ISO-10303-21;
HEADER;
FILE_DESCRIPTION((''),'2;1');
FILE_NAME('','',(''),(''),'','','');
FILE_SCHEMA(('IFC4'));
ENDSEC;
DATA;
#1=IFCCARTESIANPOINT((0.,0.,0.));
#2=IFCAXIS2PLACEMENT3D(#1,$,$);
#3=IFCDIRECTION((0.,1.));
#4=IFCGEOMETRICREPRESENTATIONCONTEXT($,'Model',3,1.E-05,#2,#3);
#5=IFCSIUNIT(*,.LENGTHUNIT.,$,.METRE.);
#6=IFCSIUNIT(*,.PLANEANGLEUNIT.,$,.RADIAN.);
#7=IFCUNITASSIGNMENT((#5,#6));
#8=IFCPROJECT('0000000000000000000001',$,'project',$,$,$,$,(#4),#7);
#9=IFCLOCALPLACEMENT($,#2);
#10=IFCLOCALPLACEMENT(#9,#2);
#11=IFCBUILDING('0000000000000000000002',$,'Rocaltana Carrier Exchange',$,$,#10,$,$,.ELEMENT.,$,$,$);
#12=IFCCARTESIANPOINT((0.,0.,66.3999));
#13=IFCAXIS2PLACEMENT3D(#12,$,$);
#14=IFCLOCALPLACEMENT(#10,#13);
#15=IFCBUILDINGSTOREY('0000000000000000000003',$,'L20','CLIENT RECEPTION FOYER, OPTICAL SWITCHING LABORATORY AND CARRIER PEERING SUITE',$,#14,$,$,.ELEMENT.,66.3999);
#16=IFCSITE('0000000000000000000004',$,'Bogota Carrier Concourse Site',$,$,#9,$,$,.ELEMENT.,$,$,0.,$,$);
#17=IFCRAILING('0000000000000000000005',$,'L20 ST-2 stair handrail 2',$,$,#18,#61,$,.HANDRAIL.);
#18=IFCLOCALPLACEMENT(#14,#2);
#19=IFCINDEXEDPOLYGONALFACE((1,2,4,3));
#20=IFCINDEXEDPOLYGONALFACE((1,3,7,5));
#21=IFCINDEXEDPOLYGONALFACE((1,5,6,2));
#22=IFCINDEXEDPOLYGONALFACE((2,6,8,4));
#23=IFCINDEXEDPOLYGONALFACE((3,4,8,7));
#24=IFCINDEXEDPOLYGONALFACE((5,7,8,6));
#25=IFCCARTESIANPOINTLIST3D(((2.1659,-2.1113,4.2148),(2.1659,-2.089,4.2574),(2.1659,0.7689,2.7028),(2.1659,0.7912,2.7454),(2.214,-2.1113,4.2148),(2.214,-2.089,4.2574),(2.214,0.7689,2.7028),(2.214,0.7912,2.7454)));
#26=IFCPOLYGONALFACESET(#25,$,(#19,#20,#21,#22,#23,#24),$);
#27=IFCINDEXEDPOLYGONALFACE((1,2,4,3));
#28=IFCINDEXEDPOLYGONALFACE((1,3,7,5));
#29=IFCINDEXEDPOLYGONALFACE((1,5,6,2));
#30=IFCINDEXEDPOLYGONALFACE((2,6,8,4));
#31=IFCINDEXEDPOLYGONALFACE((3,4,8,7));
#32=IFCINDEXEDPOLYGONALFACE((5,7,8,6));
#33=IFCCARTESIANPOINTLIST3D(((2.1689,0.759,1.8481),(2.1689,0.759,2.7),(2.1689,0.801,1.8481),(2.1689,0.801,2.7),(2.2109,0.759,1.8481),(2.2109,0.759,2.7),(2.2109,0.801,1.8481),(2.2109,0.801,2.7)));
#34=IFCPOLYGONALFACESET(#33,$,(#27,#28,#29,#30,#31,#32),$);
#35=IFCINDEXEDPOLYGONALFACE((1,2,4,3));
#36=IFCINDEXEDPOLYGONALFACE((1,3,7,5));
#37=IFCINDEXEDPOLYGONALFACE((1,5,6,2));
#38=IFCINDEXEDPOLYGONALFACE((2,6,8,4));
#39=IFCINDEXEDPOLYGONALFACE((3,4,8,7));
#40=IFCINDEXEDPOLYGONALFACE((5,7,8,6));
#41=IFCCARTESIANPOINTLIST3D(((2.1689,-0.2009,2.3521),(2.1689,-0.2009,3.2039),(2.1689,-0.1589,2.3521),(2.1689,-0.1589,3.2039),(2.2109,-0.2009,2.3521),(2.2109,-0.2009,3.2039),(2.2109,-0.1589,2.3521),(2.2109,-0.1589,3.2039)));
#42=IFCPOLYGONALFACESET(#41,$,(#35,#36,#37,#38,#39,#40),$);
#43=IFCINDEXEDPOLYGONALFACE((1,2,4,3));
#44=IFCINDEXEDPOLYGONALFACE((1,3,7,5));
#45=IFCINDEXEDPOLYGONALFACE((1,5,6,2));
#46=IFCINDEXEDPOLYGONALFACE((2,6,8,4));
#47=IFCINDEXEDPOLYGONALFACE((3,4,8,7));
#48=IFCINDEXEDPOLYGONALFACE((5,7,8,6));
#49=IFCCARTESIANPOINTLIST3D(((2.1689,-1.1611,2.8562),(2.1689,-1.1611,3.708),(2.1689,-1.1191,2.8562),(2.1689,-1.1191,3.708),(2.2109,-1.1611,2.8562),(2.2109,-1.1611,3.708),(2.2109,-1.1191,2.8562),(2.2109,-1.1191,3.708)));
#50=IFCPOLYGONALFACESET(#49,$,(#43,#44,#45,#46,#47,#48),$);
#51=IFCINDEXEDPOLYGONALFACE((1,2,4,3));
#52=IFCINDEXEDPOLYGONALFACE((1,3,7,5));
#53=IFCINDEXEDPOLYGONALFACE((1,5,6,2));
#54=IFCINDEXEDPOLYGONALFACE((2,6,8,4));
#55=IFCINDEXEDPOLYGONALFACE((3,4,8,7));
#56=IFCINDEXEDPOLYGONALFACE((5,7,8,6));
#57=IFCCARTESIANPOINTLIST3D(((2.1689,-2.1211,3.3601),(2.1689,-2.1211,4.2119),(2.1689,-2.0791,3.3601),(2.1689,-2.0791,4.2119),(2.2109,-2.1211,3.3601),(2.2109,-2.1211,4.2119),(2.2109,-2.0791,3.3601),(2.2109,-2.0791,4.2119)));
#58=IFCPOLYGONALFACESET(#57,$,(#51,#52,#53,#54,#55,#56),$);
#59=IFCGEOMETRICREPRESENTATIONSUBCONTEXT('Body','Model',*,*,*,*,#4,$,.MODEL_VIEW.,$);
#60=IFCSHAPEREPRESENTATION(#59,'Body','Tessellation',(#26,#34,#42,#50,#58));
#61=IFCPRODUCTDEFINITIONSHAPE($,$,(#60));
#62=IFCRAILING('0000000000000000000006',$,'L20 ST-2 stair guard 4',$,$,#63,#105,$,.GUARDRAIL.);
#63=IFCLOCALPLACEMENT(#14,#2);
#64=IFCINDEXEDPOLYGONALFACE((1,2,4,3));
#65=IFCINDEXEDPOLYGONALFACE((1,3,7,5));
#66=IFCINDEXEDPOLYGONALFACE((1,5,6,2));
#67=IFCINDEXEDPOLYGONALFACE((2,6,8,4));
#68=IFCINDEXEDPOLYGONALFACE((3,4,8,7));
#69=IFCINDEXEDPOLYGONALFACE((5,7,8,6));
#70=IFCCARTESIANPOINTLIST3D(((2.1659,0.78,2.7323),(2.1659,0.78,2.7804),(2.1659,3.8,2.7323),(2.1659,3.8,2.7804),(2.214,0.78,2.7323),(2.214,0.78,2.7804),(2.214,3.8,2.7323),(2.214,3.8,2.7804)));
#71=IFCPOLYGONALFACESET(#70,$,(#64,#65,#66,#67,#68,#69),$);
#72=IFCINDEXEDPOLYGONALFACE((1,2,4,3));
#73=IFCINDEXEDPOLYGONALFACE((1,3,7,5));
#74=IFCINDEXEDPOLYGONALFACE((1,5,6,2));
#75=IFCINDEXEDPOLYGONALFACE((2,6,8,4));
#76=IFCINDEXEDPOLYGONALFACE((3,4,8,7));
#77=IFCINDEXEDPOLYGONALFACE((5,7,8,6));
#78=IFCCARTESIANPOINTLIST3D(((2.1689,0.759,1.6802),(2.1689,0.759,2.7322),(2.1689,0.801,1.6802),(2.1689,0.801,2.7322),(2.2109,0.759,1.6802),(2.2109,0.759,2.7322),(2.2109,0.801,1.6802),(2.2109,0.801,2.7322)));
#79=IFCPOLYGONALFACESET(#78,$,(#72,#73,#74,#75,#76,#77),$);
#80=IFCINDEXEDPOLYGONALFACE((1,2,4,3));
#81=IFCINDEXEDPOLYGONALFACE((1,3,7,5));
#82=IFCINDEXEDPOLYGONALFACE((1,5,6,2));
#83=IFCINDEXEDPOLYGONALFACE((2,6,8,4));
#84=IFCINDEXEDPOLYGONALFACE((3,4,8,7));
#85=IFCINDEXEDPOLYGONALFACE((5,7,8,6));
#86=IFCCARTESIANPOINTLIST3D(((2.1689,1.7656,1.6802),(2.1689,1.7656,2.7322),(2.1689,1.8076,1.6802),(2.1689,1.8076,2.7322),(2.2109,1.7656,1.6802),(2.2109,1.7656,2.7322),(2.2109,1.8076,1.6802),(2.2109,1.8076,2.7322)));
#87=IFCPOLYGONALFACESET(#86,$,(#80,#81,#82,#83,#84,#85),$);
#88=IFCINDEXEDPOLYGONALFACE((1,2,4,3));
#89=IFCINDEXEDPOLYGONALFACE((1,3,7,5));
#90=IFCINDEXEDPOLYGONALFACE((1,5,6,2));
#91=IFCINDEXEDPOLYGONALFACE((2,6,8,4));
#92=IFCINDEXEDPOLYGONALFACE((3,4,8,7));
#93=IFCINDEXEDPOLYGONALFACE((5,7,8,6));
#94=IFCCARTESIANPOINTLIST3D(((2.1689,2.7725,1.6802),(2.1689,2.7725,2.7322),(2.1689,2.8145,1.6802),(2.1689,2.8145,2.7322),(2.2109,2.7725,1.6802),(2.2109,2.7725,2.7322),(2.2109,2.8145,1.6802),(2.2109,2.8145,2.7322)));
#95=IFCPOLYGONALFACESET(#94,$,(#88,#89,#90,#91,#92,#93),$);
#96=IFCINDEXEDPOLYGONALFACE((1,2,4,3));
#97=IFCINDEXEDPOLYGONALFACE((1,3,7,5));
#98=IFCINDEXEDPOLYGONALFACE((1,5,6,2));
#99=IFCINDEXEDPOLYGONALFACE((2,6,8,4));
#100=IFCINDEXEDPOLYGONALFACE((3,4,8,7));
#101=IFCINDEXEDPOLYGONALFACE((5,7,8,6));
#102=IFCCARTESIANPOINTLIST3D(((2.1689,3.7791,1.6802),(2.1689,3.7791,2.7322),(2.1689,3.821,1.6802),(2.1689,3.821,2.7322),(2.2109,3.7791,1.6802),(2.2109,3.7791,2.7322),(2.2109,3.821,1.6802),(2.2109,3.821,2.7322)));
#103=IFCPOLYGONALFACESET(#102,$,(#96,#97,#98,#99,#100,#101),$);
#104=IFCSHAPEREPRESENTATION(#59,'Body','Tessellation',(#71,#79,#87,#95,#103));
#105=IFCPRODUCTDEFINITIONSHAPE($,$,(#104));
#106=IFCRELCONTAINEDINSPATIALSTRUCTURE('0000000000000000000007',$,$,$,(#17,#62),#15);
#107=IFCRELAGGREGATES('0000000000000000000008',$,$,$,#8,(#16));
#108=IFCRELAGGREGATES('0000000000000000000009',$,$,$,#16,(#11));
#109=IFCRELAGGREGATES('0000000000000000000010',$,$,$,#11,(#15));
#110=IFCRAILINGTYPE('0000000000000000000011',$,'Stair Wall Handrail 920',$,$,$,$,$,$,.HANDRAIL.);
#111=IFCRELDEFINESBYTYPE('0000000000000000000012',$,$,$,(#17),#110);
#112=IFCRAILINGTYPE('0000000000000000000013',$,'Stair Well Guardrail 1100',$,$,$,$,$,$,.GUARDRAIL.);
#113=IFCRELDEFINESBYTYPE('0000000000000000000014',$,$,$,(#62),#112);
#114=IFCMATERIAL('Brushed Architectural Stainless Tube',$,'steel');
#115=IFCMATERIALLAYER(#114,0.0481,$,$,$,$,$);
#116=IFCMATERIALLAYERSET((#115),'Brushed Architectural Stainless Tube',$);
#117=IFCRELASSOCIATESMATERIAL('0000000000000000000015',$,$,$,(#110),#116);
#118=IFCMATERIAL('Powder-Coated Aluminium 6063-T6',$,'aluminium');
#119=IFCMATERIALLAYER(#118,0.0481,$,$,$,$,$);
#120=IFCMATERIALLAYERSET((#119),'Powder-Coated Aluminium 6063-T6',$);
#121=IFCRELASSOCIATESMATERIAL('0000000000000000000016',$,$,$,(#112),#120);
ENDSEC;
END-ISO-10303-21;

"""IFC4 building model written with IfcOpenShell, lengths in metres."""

from ifc_helpers import new_model, si_unit, direction, frame, origin, origin_2d, place, context, subcontext, project, spatial, rectangle, extrude, material, layer, layer_set, type_object, element, save


model = new_model("IFC4")

# Units and contexts
model_context = context("Model", 3, precision=1e-05, world=origin(), true_north=direction((0.0, 1.0)))
body_context = subcontext(model_context, "Body", "Model", "MODEL_VIEW")
ifc_project = project(units=[si_unit("LENGTHUNIT", "METRE"), si_unit("PLANEANGLEUNIT", "RADIAN")], contexts=[model_context])

# Site, building, storey
site_placement = place(None, origin())
site = spatial("IfcSite", under=ifc_project, at=site_placement, Name="Bogota Carrier Concourse Site", CompositionType="ELEMENT", RefElevation=0.0)
building_placement = place(site_placement, origin())
building = spatial("IfcBuilding", under=site, at=building_placement, Name="Rocaltana Carrier Exchange", CompositionType="ELEMENT")
storey_placement = place(building_placement, frame((0.0, 0.0, 66.3999)))
storey = spatial("IfcBuildingStorey", under=building, at=storey_placement, Name="L20", Description="CLIENT RECEPTION FOYER, OPTICAL SWITCHING LABORATORY AND CARRIER PEERING SUITE", CompositionType="ELEMENT", Elevation=66.3999)

# Railings
ifc_material_1 = material(Name="Brushed Architectural Stainless Tube", Category="steel")
ifc_layer_1 = layer(ifc_material_1, 0.0481)
ifc_layer_set_1 = layer_set([ifc_layer_1], Name="Brushed Architectural Stainless Tube")
railing_type_1 = type_object("IfcRailingType", Name="Stair Wall Handrail 920", PredefinedType="HANDRAIL", material=ifc_layer_set_1)
railing_1_placement = place(storey_placement, frame((2.1899, 0.78, 1.8481)))
element("IfcRailing", 1, at=railing_1_placement, inside=storey, type_object=railing_type_1, Name="L20 ST-2 stair handrail 2", PredefinedType="HANDRAIL", context=body_context, shape_type="SweptSolid", body=[
    extrude(rectangle(XDim=0.0481, YDim=0.0481, at=origin_2d()), frame((0.0, 0.0, 0.876), z_axis=(0.0, -0.885411, 0.464809), x_axis=(1.0, 0.0, 0.0)), (0.0, 0.0, 1.0), 3.2529),
    extrude(rectangle(XDim=0.042, YDim=0.042, at=origin_2d()), origin(), (0.0, 0.0, 1.0), 0.8518),
    extrude(rectangle(XDim=0.042, YDim=0.042, at=origin_2d()), frame((0.0, -0.96, 0.5039)), (0.0, 0.0, 1.0), 0.8518),
    extrude(rectangle(XDim=0.042, YDim=0.042, at=origin_2d()), frame((0.0, -1.9202, 1.0081)), (0.0, 0.0, 1.0), 0.8518),
    extrude(rectangle(XDim=0.042, YDim=0.042, at=origin_2d()), frame((0.0, -2.8801, 1.512)), (0.0, 0.0, 1.0), 0.8518),
])
ifc_material_2 = material(Name="Powder-Coated Aluminium 6063-T6", Category="aluminium")
ifc_layer_2 = layer(ifc_material_2, 0.0481)
ifc_layer_set_2 = layer_set([ifc_layer_2], Name="Powder-Coated Aluminium 6063-T6")
railing_type_2 = type_object("IfcRailingType", Name="Stair Well Guardrail 1100", PredefinedType="GUARDRAIL", material=ifc_layer_set_2)
railing_2_placement = place(storey_placement, frame((2.1899, 0.78, 1.6802)))
element("IfcRailing", 2, at=railing_2_placement, inside=storey, type_object=railing_type_2, Name="L20 ST-2 stair guard 4", PredefinedType="GUARDRAIL", context=body_context, shape_type="SweptSolid", body=[
    extrude(rectangle(XDim=0.0481, YDim=0.0481, at=origin_2d()), frame((0.0, 0.0, 1.0762), z_axis=(0.0, 1.0, 0.0), x_axis=(-1.0, 0.0, 0.0)), (0.0, 0.0, 1.0), 3.02),
    extrude(rectangle(XDim=0.042, YDim=0.042, at=origin_2d()), origin(), (0.0, 0.0, 1.0), 1.052),
    extrude(rectangle(XDim=0.042, YDim=0.042, at=origin_2d()), frame((0.0, 1.0066, 0.0)), (0.0, 0.0, 1.0), 1.052),
    extrude(rectangle(XDim=0.042, YDim=0.042, at=origin_2d()), frame((0.0, 2.0134, 0.0)), (0.0, 0.0, 1.0), 1.052),
    extrude(rectangle(XDim=0.042, YDim=0.042, at=origin_2d()), frame((0.0, 3.02, 0.0)), (0.0, 0.0, 1.0), 1.052),
])

save(model, "model.ifc")
